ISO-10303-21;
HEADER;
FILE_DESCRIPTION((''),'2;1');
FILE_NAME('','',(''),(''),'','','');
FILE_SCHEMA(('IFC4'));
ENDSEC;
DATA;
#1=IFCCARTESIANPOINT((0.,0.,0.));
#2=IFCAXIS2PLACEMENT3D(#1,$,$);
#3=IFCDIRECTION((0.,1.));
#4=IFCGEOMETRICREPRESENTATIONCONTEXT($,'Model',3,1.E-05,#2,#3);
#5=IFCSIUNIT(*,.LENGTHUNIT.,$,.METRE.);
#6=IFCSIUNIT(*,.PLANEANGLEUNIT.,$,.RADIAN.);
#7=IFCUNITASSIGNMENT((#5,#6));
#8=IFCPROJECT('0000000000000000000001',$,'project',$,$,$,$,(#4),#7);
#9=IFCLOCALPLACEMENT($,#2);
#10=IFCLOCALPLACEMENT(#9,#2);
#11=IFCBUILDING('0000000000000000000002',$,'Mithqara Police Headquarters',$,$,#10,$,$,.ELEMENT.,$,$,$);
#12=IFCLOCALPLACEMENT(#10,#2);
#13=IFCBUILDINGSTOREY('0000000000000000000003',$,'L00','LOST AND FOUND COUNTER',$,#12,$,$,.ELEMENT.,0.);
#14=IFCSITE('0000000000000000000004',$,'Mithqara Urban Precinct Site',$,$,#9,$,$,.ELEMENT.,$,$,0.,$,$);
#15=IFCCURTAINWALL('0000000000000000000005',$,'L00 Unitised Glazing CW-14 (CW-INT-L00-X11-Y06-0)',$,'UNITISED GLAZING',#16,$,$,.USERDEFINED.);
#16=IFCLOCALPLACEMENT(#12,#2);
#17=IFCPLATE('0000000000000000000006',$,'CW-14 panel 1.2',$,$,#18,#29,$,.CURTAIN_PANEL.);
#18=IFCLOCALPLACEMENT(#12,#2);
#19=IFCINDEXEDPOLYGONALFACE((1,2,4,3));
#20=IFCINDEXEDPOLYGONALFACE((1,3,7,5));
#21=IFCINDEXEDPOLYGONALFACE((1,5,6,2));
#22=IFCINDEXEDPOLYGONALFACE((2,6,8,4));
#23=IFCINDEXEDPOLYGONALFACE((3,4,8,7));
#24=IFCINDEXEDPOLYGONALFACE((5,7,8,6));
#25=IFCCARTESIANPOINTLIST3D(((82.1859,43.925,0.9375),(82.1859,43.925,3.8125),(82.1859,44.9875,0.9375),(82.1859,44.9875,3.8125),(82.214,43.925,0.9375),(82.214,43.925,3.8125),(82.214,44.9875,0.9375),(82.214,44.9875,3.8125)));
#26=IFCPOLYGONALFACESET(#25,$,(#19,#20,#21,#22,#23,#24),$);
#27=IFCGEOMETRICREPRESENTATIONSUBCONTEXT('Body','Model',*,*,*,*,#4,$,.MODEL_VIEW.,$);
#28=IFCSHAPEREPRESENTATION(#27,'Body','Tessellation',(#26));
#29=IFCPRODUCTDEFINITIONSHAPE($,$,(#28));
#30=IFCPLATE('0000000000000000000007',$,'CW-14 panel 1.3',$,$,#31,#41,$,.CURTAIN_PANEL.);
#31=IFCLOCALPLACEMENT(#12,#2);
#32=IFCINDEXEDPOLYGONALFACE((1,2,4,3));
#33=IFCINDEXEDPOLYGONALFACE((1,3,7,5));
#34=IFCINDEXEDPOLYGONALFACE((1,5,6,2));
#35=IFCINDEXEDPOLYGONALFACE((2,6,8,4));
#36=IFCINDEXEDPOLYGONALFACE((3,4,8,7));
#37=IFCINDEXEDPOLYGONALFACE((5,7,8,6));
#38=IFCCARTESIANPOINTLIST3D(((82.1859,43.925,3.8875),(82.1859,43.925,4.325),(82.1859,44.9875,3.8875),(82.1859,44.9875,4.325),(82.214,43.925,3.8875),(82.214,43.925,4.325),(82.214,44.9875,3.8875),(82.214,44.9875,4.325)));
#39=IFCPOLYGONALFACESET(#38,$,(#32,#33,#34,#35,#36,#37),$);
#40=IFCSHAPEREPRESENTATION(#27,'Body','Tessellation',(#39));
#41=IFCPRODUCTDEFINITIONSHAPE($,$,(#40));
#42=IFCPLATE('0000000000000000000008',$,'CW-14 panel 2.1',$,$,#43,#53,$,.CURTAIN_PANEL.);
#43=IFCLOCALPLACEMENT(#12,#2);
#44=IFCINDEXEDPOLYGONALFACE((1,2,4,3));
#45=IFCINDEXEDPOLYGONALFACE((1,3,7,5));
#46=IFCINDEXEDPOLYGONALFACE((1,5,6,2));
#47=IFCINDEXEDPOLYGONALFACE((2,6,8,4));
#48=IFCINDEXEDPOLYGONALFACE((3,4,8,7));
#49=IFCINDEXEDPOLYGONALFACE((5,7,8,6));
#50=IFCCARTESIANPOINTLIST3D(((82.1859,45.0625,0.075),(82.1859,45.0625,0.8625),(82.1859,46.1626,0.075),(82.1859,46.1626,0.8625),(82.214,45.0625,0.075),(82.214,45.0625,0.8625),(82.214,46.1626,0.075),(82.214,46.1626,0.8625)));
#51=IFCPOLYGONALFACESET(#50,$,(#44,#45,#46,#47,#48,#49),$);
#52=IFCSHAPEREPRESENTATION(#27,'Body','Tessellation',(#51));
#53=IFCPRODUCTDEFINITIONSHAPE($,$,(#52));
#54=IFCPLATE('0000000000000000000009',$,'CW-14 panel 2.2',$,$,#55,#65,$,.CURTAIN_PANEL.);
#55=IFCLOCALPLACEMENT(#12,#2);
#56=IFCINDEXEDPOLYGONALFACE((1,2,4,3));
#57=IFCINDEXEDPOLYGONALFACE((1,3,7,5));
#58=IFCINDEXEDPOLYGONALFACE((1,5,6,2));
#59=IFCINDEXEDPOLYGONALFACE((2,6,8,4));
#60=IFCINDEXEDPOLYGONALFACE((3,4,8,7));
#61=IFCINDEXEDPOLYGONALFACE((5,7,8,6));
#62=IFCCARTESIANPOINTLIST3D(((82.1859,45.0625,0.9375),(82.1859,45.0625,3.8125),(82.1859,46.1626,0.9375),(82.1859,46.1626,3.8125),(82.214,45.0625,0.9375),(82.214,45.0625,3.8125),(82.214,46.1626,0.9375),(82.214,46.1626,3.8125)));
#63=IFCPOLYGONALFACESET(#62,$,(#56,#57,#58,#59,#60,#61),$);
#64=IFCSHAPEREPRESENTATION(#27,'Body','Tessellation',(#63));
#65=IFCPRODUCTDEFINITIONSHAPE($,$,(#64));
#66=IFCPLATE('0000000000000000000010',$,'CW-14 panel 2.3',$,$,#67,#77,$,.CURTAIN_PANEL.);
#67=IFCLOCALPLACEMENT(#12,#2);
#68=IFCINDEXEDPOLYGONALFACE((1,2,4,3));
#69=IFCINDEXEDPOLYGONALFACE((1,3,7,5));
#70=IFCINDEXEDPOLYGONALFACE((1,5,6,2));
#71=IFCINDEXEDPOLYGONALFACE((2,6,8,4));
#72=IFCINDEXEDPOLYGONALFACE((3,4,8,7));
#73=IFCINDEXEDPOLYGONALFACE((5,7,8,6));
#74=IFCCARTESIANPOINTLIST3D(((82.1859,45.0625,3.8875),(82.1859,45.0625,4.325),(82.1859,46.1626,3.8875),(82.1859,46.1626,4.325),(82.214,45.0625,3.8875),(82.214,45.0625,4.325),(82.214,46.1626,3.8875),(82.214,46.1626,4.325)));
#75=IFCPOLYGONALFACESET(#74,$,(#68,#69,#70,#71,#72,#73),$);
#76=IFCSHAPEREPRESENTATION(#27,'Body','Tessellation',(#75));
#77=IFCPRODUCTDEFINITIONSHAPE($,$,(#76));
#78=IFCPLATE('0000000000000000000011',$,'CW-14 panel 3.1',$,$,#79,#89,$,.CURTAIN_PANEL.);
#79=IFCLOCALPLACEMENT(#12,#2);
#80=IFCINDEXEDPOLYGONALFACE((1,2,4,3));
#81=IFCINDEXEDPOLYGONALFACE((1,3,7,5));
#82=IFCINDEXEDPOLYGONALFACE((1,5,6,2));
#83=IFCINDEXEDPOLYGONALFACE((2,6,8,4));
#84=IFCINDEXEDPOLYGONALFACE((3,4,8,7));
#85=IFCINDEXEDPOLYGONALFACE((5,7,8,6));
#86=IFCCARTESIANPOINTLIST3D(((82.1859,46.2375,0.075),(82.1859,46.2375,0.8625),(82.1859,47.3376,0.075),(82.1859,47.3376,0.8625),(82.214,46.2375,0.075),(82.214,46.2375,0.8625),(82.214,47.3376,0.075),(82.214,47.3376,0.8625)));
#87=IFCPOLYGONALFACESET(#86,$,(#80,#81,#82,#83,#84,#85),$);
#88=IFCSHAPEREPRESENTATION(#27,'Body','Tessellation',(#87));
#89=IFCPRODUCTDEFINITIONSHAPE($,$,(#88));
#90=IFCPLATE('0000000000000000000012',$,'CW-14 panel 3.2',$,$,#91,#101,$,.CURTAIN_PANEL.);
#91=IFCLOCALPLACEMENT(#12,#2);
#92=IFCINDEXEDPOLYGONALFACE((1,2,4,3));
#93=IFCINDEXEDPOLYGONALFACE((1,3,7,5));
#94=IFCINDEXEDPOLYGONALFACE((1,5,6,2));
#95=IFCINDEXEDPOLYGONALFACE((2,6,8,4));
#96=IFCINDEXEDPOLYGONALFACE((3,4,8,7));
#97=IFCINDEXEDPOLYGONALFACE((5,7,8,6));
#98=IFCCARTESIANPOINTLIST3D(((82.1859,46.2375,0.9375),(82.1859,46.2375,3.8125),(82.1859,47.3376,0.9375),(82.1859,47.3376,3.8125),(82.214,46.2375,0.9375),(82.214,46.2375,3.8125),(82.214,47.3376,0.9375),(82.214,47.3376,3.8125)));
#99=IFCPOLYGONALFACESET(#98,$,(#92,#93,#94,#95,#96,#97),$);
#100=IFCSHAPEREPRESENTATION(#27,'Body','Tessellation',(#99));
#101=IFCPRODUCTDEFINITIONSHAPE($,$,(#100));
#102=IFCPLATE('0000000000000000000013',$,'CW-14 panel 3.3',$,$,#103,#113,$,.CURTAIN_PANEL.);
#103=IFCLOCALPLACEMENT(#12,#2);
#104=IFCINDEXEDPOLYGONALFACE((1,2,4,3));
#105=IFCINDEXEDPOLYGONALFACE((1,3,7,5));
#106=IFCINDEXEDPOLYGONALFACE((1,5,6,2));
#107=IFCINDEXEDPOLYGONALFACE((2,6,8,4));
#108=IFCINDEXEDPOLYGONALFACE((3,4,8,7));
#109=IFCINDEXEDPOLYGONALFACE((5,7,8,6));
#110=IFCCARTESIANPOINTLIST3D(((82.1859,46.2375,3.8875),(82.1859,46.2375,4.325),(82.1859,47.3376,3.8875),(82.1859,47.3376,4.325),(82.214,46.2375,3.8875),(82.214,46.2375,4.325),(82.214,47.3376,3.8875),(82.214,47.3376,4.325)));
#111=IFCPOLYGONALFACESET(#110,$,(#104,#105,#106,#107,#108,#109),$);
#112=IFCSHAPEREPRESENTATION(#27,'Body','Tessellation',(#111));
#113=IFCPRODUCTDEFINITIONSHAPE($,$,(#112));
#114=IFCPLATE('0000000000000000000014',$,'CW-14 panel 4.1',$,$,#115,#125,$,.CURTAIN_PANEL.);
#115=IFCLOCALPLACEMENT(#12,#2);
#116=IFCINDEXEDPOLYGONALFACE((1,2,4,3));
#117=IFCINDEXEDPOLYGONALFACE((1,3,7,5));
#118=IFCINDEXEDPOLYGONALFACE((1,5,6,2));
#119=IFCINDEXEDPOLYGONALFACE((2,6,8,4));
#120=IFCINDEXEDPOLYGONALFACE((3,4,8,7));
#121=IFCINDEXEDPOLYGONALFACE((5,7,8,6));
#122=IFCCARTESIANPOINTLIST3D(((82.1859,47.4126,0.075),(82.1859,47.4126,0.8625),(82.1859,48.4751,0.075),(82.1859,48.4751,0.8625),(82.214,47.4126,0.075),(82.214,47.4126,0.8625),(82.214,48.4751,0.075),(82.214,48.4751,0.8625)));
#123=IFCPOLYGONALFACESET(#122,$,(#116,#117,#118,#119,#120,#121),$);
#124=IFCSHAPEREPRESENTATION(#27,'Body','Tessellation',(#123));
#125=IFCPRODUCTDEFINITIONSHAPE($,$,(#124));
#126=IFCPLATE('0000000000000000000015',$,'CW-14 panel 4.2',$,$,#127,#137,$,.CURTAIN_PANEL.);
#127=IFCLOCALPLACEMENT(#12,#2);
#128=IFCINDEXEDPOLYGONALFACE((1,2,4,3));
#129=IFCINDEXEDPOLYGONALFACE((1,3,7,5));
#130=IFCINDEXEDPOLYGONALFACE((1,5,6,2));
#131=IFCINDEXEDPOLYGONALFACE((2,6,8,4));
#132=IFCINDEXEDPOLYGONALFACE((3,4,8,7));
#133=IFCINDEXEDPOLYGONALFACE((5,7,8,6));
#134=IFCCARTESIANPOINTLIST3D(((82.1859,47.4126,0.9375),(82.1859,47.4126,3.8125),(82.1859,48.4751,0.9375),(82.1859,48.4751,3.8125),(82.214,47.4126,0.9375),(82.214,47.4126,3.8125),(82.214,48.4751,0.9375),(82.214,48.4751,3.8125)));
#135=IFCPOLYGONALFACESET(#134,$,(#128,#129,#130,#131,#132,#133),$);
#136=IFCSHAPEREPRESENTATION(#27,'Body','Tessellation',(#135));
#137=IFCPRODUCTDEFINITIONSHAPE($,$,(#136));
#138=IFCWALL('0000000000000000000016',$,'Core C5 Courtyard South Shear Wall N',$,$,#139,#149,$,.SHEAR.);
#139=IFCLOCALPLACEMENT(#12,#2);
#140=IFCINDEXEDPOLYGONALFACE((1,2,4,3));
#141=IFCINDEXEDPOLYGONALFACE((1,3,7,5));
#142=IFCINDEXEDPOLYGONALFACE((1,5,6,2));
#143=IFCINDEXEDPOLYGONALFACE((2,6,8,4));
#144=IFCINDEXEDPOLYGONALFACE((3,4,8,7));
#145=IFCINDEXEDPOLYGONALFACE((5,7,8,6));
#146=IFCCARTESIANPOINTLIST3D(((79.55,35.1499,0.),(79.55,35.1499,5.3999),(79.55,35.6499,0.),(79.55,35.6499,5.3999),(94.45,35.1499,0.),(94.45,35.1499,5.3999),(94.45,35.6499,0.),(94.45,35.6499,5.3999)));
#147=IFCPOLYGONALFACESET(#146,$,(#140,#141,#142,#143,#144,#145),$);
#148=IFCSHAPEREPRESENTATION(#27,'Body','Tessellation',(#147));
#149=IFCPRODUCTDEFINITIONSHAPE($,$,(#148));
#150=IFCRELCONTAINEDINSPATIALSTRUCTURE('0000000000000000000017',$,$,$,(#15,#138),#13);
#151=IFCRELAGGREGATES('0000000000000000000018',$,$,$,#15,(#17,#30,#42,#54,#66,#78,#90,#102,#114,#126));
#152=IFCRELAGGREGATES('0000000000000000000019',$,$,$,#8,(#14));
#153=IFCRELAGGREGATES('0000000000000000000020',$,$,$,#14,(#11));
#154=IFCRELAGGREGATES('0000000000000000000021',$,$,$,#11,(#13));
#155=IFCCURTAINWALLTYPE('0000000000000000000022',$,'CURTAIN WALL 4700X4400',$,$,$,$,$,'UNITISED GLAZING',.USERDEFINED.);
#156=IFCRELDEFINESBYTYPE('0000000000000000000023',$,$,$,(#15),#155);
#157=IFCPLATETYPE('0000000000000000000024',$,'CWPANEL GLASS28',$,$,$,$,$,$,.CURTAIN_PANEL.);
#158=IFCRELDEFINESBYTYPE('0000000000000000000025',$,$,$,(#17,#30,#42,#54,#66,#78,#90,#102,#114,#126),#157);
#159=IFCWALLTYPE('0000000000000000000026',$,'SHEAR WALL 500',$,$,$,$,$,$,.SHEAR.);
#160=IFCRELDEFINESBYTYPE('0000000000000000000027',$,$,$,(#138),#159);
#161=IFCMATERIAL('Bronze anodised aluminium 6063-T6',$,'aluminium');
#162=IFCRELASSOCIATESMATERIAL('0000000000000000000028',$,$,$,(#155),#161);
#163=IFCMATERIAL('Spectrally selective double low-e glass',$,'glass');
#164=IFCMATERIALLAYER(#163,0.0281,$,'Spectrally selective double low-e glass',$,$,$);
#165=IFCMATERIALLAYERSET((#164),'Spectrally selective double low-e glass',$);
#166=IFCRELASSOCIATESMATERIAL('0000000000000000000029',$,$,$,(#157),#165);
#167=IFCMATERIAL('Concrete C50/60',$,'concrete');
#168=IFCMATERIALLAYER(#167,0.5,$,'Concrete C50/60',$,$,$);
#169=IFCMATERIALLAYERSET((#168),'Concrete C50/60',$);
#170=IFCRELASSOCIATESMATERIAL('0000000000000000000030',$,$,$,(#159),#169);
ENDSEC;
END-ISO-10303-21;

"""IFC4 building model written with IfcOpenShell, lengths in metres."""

from ifc_helpers import new_model, si_unit, direction, frame, frame_2d, origin, origin_2d, place, context, subcontext, project, spatial, rectangle, extrude, material, layer, layer_set, type_object, element, aggregate, save


model = new_model("IFC4")

# Units and contexts
model_context = context("Model", 3, precision=1e-05, world=origin(), true_north=direction((0.0, 1.0)))
body_context = subcontext(model_context, "Body", "Model", "MODEL_VIEW")
ifc_project = project(units=[si_unit("LENGTHUNIT", "METRE"), si_unit("PLANEANGLEUNIT", "RADIAN")], contexts=[model_context])

# Site, building, storey
site_placement = place(None, origin())
site = spatial("IfcSite", under=ifc_project, at=site_placement, Name="Mithqara Urban Precinct Site", CompositionType="ELEMENT", RefElevation=0.0)
building_placement = place(site_placement, origin())
building = spatial("IfcBuilding", under=site, at=building_placement, Name="Mithqara Police Headquarters", CompositionType="ELEMENT")
storey_placement = place(building_placement, origin())
storey = spatial("IfcBuildingStorey", under=building, at=storey_placement, Name="L00", Description="LOST AND FOUND COUNTER", CompositionType="ELEMENT", Elevation=0.0)

# Curtain wall, plates
ifc_material_1 = material(Name="Bronze anodised aluminium 6063-T6", Category="aluminium")
curtain_wall_type = type_object("IfcCurtainWallType", Name="CURTAIN WALL 4700X4400", ElementType="UNITISED GLAZING", PredefinedType="USERDEFINED", material=ifc_material_1)
curtain_wall_placement = place(storey_placement, origin())
curtain_wall = element("IfcCurtainWall", 1, at=curtain_wall_placement, inside=storey, type_object=curtain_wall_type, Name="L00 Unitised Glazing CW-14 (CW-INT-L00-X11-Y06-0)", ObjectType="UNITISED GLAZING", PredefinedType="USERDEFINED")
ifc_material_2 = material(Name="Spectrally selective double low-e glass", Category="glass")
ifc_layer_1 = layer(ifc_material_2, 0.0281, Name="Spectrally selective double low-e glass")
ifc_layer_set_1 = layer_set([ifc_layer_1], Name="Spectrally selective double low-e glass")
plate_type = type_object("IfcPlateType", Name="CWPANEL GLASS28", PredefinedType="CURTAIN_PANEL", material=ifc_layer_set_1)
plate_1_placement = place(storey_placement, frame((82.2, 44.4563, 0.9375), z_axis=(0.0, 0.0, 1.0), x_axis=(0.0, 1.0, 0.0)))
plate_1 = element("IfcPlate", 2, at=plate_1_placement, type_object=plate_type, Name="CW-14 panel 1.2", PredefinedType="CURTAIN_PANEL", context=body_context, shape_type="SweptSolid", body=[
    extrude(rectangle(XDim=1.0625, YDim=0.0281, at=origin_2d()), origin(), (0.0, 0.0, 1.0), 2.875),
])
plate_2_placement = place(storey_placement, frame((82.2, 44.4563, 3.8875), z_axis=(0.0, 0.0, 1.0), x_axis=(0.0, 1.0, 0.0)))
plate_2 = element("IfcPlate", 3, at=plate_2_placement, type_object=plate_type, Name="CW-14 panel 1.3", PredefinedType="CURTAIN_PANEL", context=body_context, shape_type="SweptSolid", body=[
    extrude(rectangle(XDim=1.0625, YDim=0.0281, at=origin_2d()), origin(), (0.0, 0.0, 1.0), 0.4375),
])
plate_3_placement = place(storey_placement, frame((82.2, 45.6125, 0.075), z_axis=(0.0, 0.0, 1.0), x_axis=(0.0, 1.0, 0.0)))
plate_3 = element("IfcPlate", 4, at=plate_3_placement, type_object=plate_type, Name="CW-14 panel 2.1", PredefinedType="CURTAIN_PANEL", context=body_context, shape_type="SweptSolid", body=[
    extrude(rectangle(XDim=1.1001, YDim=0.0281, at=origin_2d()), origin(), (0.0, 0.0, 1.0), 0.7876),
])
plate_4_placement = place(storey_placement, frame((82.2, 45.6125, 0.9375), z_axis=(0.0, 0.0, 1.0), x_axis=(0.0, 1.0, 0.0)))
plate_4 = element("IfcPlate", 5, at=plate_4_placement, type_object=plate_type, Name="CW-14 panel 2.2", PredefinedType="CURTAIN_PANEL", context=body_context, shape_type="SweptSolid", body=[
    extrude(rectangle(XDim=1.1001, YDim=0.0281, at=origin_2d()), origin(), (0.0, 0.0, 1.0), 2.875),
])
plate_5_placement = place(storey_placement, frame((82.2, 45.6125, 3.8875), z_axis=(0.0, 0.0, 1.0), x_axis=(0.0, 1.0, 0.0)))
plate_5 = element("IfcPlate", 6, at=plate_5_placement, type_object=plate_type, Name="CW-14 panel 2.3", PredefinedType="CURTAIN_PANEL", context=body_context, shape_type="SweptSolid", body=[
    extrude(rectangle(XDim=1.1001, YDim=0.0281, at=origin_2d()), origin(), (0.0, 0.0, 1.0), 0.4375),
])
plate_6_placement = place(storey_placement, frame((82.2, 46.7876, 0.075), z_axis=(0.0, 0.0, 1.0), x_axis=(0.0, 1.0, 0.0)))
plate_6 = element("IfcPlate", 7, at=plate_6_placement, type_object=plate_type, Name="CW-14 panel 3.1", PredefinedType="CURTAIN_PANEL", context=body_context, shape_type="SweptSolid", body=[
    extrude(rectangle(XDim=1.1001, YDim=0.0281, at=origin_2d()), origin(), (0.0, 0.0, 1.0), 0.7876),
])
plate_7_placement = place(storey_placement, frame((82.2, 46.7876, 0.9375), z_axis=(0.0, 0.0, 1.0), x_axis=(0.0, 1.0, 0.0)))
plate_7 = element("IfcPlate", 8, at=plate_7_placement, type_object=plate_type, Name="CW-14 panel 3.2", PredefinedType="CURTAIN_PANEL", context=body_context, shape_type="SweptSolid", body=[
    extrude(rectangle(XDim=1.1001, YDim=0.0281, at=origin_2d()), origin(), (0.0, 0.0, 1.0), 2.875),
])
plate_8_placement = place(storey_placement, frame((82.2, 46.7876, 3.8875), z_axis=(0.0, 0.0, 1.0), x_axis=(0.0, 1.0, 0.0)))
plate_8 = element("IfcPlate", 9, at=plate_8_placement, type_object=plate_type, Name="CW-14 panel 3.3", PredefinedType="CURTAIN_PANEL", context=body_context, shape_type="SweptSolid", body=[
    extrude(rectangle(XDim=1.1001, YDim=0.0281, at=origin_2d()), origin(), (0.0, 0.0, 1.0), 0.4375),
])
plate_9_placement = place(storey_placement, frame((82.2, 47.9438, 0.075), z_axis=(0.0, 0.0, 1.0), x_axis=(0.0, 1.0, 0.0)))
plate_9 = element("IfcPlate", 10, at=plate_9_placement, type_object=plate_type, Name="CW-14 panel 4.1", PredefinedType="CURTAIN_PANEL", context=body_context, shape_type="SweptSolid", body=[
    extrude(rectangle(XDim=1.0625, YDim=0.0281, at=origin_2d()), origin(), (0.0, 0.0, 1.0), 0.7876),
])
plate_10_placement = place(storey_placement, frame((82.2, 47.9438, 0.9375), z_axis=(0.0, 0.0, 1.0), x_axis=(0.0, 1.0, 0.0)))
plate_10 = element("IfcPlate", 11, at=plate_10_placement, type_object=plate_type, Name="CW-14 panel 4.2", PredefinedType="CURTAIN_PANEL", context=body_context, shape_type="SweptSolid", body=[
    extrude(rectangle(XDim=1.0625, YDim=0.0281, at=origin_2d()), origin(), (0.0, 0.0, 1.0), 2.875),
])
aggregate(curtain_wall, [plate_1, plate_2, plate_3, plate_4, plate_5, plate_6, plate_7, plate_8, plate_9, plate_10])

# Wall
ifc_material_3 = material(Name="Concrete C50/60", Category="concrete")
ifc_layer_2 = layer(ifc_material_3, 0.5, Name="Concrete C50/60")
ifc_layer_set_2 = layer_set([ifc_layer_2], Name="Concrete C50/60")
wall_type = type_object("IfcWallType", Name="SHEAR WALL 500", PredefinedType="SHEAR", material=ifc_layer_set_2)
wall_placement = place(storey_placement, frame((79.55, 35.3999, 0.0), z_axis=(0.0, 0.0, 1.0), x_axis=(1.0, 0.0, 0.0)))
element("IfcWall", 12, at=wall_placement, inside=storey, type_object=wall_type, Name="Core C5 Courtyard South Shear Wall N", PredefinedType="SHEAR", context=body_context, shape_type="SweptSolid", body=[
    extrude(rectangle(XDim=14.8999, YDim=0.5, at=frame_2d((7.45, 0.0))), origin(), (0.0, 0.0, 1.0), 5.3999),
])

save(model, "model.ifc")
